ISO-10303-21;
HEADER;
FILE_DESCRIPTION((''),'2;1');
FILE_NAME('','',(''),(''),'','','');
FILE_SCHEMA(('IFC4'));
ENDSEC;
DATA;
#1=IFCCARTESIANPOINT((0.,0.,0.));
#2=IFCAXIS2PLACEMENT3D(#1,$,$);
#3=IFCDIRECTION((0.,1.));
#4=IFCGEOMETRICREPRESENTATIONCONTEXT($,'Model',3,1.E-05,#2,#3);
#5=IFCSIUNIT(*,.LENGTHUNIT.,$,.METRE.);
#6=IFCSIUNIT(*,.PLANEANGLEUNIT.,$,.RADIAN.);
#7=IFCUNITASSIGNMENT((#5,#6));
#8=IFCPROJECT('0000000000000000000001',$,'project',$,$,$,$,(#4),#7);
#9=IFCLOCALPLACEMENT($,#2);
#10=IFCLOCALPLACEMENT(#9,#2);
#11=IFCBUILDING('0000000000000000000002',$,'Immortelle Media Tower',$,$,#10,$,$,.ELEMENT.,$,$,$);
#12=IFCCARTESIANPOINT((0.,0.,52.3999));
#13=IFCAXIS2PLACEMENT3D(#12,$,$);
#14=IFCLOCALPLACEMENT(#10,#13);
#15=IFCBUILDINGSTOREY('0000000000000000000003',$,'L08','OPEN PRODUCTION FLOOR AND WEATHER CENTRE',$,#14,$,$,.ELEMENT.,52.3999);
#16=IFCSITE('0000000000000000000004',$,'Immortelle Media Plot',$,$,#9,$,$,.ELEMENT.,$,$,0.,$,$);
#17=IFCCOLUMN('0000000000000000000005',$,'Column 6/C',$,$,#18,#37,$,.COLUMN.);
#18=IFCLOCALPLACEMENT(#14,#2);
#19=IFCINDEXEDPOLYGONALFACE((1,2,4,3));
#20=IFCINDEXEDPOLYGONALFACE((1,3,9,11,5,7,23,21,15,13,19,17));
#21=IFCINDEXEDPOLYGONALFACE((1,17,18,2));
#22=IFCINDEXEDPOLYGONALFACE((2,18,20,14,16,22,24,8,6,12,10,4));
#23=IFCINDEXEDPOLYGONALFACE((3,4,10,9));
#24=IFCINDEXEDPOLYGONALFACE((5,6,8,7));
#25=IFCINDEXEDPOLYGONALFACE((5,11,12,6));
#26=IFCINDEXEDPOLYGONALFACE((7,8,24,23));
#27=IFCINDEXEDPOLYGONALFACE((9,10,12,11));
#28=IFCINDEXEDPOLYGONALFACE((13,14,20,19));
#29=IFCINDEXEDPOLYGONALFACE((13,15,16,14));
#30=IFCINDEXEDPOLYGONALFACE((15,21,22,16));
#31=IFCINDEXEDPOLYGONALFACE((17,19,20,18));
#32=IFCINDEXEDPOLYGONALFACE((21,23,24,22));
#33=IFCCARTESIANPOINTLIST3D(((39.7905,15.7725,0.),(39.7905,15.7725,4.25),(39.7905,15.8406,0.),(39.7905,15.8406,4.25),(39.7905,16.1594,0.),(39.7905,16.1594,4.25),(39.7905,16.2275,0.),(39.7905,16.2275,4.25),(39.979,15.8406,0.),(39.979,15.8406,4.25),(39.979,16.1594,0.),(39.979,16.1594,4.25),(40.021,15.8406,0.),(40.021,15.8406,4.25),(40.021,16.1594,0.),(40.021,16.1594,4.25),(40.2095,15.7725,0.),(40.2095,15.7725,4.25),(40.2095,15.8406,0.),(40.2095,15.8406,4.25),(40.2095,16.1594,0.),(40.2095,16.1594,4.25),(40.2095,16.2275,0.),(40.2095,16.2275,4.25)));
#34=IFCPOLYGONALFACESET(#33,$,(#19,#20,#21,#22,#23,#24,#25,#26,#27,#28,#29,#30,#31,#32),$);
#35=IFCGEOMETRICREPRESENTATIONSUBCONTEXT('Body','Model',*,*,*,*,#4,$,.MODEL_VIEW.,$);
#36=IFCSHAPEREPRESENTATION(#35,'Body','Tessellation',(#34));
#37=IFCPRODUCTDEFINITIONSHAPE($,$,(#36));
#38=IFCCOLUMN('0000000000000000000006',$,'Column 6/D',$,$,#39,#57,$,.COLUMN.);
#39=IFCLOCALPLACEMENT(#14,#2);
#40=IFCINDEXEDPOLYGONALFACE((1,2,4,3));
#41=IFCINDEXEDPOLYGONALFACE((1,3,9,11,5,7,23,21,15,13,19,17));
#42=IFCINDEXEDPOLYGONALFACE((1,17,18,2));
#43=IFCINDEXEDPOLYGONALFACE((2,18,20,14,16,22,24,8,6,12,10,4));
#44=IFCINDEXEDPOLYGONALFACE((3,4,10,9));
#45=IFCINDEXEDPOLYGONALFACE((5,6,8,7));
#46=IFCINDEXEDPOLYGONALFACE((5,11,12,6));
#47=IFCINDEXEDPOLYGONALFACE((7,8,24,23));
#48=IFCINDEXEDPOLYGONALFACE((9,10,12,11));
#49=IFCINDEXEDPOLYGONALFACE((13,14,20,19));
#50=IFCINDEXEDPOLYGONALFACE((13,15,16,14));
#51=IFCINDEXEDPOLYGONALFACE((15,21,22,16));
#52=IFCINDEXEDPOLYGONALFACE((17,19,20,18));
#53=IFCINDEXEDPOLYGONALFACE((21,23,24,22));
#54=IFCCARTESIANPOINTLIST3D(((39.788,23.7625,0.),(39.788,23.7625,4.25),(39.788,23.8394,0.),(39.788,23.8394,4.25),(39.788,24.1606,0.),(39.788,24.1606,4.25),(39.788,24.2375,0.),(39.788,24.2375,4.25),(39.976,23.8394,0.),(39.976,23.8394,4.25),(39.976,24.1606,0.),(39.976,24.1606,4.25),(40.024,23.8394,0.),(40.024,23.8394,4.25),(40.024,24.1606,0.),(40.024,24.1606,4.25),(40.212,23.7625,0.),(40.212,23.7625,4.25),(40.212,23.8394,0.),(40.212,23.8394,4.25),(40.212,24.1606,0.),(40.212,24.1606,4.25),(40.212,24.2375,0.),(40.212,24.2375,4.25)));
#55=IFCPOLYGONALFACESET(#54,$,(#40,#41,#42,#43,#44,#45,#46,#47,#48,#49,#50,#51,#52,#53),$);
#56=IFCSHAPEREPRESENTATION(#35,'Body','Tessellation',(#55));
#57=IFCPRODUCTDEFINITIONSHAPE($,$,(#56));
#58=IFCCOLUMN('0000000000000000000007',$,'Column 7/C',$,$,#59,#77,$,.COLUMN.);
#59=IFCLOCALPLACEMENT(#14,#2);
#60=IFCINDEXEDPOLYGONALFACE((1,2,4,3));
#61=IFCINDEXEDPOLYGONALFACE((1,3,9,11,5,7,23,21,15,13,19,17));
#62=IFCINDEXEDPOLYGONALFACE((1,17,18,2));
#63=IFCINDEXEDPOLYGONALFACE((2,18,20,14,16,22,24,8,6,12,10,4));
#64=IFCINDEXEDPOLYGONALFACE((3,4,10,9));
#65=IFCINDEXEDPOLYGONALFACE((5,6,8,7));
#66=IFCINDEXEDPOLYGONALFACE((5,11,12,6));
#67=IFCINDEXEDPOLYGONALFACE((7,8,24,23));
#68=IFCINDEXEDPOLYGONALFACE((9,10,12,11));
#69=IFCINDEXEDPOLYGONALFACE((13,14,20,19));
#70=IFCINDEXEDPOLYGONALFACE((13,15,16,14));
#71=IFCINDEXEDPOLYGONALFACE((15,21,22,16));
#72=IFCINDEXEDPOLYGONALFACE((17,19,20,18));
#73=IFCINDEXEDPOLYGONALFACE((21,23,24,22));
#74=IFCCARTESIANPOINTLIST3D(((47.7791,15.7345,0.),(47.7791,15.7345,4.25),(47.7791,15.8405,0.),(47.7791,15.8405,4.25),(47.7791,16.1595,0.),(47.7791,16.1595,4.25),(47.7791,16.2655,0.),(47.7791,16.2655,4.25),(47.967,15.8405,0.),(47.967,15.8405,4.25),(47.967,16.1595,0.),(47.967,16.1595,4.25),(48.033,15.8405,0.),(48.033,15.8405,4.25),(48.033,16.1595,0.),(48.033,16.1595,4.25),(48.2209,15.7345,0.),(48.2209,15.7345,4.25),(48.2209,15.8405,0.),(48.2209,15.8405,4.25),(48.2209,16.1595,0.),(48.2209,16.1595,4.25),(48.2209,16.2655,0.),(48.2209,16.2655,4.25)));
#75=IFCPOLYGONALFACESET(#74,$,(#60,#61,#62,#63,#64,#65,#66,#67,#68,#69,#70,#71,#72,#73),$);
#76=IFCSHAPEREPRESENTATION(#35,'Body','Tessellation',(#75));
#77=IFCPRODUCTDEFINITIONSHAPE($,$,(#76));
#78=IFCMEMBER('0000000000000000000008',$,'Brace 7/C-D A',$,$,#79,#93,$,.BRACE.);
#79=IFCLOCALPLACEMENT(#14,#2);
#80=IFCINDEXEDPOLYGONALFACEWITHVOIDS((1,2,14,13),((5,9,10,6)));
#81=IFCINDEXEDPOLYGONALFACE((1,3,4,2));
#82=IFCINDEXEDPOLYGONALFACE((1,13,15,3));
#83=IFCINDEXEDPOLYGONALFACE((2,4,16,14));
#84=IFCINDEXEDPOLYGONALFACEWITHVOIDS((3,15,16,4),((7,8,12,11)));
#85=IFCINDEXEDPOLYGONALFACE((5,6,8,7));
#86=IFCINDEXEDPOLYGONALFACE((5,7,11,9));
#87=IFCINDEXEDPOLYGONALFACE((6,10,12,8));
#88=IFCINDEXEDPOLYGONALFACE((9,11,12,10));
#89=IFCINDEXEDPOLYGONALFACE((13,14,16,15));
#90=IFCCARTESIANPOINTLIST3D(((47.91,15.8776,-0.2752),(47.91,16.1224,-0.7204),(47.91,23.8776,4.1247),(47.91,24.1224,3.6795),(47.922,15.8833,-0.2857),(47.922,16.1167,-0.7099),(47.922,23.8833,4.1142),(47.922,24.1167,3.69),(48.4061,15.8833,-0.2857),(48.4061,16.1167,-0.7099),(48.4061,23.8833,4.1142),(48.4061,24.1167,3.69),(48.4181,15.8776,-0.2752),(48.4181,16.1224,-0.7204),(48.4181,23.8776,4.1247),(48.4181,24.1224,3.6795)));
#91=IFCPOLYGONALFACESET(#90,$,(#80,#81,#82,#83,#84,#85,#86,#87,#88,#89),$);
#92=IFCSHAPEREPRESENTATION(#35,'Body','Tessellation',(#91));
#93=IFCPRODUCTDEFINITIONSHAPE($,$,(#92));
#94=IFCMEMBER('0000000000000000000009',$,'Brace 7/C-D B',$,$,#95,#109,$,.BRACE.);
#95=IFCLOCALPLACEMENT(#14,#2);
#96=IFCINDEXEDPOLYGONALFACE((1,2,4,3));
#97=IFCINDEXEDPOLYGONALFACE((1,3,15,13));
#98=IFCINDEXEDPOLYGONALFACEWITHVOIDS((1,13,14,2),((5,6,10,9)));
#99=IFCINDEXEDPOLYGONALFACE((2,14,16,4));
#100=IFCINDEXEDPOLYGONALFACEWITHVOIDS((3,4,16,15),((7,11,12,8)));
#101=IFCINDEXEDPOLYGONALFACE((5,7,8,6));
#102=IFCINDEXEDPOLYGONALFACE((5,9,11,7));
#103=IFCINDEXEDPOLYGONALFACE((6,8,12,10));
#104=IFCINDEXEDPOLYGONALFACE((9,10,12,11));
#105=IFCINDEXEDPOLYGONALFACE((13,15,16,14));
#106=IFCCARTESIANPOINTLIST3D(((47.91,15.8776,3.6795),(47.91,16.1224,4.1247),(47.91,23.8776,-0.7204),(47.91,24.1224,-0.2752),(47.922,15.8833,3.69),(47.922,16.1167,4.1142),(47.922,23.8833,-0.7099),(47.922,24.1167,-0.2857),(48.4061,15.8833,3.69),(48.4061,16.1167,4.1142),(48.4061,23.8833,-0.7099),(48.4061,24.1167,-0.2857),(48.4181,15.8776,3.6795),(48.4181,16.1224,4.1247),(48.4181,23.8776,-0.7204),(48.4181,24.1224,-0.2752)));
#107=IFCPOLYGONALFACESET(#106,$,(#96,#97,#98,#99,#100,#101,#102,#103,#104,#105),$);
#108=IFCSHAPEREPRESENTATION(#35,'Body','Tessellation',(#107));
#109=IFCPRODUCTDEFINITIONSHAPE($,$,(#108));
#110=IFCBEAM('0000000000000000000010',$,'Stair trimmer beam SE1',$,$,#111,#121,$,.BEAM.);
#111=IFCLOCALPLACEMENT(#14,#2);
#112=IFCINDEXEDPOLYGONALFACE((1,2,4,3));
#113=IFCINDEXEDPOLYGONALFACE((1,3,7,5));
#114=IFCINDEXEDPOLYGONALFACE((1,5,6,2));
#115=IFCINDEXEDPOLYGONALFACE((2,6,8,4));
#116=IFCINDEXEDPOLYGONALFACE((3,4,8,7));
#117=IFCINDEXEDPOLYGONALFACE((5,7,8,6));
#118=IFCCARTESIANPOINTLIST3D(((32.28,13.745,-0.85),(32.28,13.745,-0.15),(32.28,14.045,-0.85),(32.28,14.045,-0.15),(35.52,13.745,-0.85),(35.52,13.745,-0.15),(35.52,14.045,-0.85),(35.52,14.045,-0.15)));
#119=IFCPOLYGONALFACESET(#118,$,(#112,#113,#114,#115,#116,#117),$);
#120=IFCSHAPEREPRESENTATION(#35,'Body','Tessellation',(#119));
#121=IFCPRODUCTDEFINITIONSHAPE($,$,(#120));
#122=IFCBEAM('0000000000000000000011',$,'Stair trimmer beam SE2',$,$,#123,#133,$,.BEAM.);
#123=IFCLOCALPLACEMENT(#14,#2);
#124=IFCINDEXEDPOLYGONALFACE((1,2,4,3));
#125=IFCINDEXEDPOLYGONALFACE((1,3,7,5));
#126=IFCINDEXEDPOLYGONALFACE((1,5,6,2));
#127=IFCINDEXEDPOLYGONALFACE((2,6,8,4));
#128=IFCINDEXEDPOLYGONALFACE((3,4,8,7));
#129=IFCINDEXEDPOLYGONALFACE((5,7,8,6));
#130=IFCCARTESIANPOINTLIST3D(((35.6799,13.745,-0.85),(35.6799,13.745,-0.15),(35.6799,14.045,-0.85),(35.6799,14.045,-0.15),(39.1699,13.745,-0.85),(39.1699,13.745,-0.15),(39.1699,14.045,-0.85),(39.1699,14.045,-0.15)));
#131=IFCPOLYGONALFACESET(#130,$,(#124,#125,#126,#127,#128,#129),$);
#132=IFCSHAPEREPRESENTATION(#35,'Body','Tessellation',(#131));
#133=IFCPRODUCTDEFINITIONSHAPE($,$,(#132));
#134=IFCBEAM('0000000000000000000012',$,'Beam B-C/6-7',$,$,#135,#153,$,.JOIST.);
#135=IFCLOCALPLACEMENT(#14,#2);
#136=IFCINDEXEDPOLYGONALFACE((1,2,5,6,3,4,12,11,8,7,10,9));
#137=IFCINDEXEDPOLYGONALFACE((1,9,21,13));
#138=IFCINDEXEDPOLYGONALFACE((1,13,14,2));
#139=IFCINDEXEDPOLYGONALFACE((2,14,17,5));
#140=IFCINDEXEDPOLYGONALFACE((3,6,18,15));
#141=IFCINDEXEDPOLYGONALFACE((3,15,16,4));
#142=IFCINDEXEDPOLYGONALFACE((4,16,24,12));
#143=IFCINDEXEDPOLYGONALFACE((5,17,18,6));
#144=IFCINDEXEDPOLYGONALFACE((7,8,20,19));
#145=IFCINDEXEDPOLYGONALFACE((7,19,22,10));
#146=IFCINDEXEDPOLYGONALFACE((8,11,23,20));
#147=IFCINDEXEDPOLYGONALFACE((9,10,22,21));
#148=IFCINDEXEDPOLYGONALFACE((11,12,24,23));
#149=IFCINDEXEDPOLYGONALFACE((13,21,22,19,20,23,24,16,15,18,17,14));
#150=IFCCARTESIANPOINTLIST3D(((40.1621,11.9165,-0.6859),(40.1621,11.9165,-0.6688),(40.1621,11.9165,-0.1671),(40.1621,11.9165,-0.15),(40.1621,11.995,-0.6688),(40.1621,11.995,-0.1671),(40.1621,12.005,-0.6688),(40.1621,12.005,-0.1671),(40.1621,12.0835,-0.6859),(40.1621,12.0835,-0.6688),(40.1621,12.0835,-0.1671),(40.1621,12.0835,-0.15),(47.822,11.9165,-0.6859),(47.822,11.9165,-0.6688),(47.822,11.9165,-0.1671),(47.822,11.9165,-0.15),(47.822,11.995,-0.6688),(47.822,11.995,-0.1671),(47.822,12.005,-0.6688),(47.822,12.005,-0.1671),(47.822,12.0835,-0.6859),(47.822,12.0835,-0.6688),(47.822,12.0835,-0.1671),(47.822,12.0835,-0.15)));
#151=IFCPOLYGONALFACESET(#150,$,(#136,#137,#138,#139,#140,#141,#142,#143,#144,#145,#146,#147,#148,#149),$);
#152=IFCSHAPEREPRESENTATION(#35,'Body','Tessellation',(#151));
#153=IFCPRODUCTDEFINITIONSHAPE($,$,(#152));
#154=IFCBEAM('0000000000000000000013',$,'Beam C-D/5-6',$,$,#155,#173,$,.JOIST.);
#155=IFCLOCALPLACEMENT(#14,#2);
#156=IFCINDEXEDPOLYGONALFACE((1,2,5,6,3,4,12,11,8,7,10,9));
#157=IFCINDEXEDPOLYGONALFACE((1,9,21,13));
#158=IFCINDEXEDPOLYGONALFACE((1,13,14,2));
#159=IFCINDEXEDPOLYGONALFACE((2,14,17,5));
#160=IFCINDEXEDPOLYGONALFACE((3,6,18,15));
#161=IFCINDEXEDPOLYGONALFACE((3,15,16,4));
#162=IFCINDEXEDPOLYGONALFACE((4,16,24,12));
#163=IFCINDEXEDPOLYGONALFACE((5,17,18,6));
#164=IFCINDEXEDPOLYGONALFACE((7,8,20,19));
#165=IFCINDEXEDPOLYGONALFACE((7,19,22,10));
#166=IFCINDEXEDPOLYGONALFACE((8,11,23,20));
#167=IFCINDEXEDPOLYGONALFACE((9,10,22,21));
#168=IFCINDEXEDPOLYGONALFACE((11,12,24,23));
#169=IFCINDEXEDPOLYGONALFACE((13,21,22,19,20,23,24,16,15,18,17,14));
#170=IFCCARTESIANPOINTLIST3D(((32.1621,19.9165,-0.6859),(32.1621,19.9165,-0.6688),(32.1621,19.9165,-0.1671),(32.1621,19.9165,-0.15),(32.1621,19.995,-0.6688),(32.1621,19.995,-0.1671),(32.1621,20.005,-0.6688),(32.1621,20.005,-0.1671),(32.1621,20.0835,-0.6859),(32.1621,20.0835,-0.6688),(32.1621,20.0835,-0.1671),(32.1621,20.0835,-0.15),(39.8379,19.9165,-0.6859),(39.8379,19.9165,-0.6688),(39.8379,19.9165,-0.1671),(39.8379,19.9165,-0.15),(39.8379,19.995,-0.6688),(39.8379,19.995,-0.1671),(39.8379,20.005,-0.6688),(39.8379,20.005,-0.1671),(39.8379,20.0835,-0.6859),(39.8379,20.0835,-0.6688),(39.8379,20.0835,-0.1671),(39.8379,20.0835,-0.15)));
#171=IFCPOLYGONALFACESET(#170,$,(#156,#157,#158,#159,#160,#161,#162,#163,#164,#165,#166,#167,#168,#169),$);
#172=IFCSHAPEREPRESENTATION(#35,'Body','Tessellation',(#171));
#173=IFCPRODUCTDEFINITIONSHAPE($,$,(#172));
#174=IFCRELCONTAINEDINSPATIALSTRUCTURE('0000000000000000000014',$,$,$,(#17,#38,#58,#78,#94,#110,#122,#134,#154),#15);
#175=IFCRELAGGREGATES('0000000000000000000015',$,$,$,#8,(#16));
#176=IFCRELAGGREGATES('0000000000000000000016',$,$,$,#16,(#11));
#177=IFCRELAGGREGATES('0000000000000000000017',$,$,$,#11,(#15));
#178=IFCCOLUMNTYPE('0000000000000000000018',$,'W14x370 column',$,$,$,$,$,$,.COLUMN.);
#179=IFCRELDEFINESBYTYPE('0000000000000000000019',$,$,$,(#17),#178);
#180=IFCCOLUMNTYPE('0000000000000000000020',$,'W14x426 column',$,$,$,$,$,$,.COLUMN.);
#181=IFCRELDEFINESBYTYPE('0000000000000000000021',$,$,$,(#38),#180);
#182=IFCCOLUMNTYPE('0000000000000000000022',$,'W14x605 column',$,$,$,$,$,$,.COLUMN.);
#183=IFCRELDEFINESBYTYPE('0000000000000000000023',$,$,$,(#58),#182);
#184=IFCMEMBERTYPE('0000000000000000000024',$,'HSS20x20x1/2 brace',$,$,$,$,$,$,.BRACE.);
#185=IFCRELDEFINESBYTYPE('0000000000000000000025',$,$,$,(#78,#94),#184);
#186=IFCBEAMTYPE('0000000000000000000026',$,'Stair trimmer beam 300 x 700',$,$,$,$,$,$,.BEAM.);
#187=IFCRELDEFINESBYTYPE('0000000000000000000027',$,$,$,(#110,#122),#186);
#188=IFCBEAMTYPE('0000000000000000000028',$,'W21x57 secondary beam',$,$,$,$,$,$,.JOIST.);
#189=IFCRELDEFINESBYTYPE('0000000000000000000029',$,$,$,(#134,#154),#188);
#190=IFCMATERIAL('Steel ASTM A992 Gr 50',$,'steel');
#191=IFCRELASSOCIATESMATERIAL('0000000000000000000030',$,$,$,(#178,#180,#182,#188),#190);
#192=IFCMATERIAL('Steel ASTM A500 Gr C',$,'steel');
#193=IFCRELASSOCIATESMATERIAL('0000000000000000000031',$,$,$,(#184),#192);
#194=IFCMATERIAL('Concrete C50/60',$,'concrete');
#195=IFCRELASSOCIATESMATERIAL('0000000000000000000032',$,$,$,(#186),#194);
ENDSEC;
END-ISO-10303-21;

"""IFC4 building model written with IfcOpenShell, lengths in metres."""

from ifc_helpers import new_model, si_unit, direction, frame, origin, origin_2d, place, context, subcontext, project, spatial, rectangle, hollow_rectangle, i_section, extrude, material, material_profile, profile_set, type_object, element, save


model = new_model("IFC4")

# Units and contexts
model_context = context("Model", 3, precision=1e-05, world=origin(), true_north=direction((0.0, 1.0)))
body_context = subcontext(model_context, "Body", "Model", "MODEL_VIEW")
ifc_project = project(units=[si_unit("LENGTHUNIT", "METRE"), si_unit("PLANEANGLEUNIT", "RADIAN")], contexts=[model_context])

# Site, building, storey
site_placement = place(None, origin())
site = spatial("IfcSite", under=ifc_project, at=site_placement, Name="Immortelle Media Plot", CompositionType="ELEMENT", RefElevation=0.0)
building_placement = place(site_placement, origin())
building = spatial("IfcBuilding", under=site, at=building_placement, Name="Immortelle Media Tower", CompositionType="ELEMENT")
storey_placement = place(building_placement, frame((0.0, 0.0, 52.3999)))
storey = spatial("IfcBuildingStorey", under=building, at=storey_placement, Name="L08", Description="OPEN PRODUCTION FLOOR AND WEATHER CENTRE", CompositionType="ELEMENT", Elevation=52.3999)

# Columns
ifc_material_1 = material(Name="Steel ASTM A992 Gr 50", Category="steel")
ifc_material_profile_1 = material_profile(ifc_material_1, i_section(OverallWidth=0.4189, OverallDepth=0.4551, WebThickness=0.042, FlangeThickness=0.0681, at=origin_2d()), Name="W14x370")
ifc_profile_set_1 = profile_set([ifc_material_profile_1], Name="Steel ASTM A992 Gr 50")
column_type_1 = type_object("IfcColumnType", Name="W14x370 column", PredefinedType="COLUMN", material=ifc_profile_set_1)
column_1_placement = place(storey_placement, frame((40.0, 16.0, 0.0), z_axis=(0.0, 0.0, 1.0), x_axis=(1.0, 0.0, 0.0)))
element("IfcColumn", 1, at=column_1_placement, inside=storey, type_object=column_type_1, Name="Column 6/C", PredefinedType="COLUMN", context=body_context, shape_type="SweptSolid", body=[
    extrude(i_section(OverallWidth=0.4189, OverallDepth=0.4551, WebThickness=0.042, FlangeThickness=0.0681, at=origin_2d()), origin(), (0.0, 0.0, 1.0), 4.25),
])
ifc_material_profile_2 = material_profile(ifc_material_1, i_section(OverallWidth=0.4241, OverallDepth=0.4751, WebThickness=0.0481, FlangeThickness=0.0769, at=origin_2d()), Name="W14x426")
ifc_profile_set_2 = profile_set([ifc_material_profile_2], Name="Steel ASTM A992 Gr 50")
column_type_2 = type_object("IfcColumnType", Name="W14x426 column", PredefinedType="COLUMN", material=ifc_profile_set_2)
column_2_placement = place(storey_placement, frame((40.0, 24.0, 0.0), z_axis=(0.0, 0.0, 1.0), x_axis=(1.0, 0.0, 0.0)))
element("IfcColumn", 2, at=column_2_placement, inside=storey, type_object=column_type_2, Name="Column 6/D", PredefinedType="COLUMN", context=body_context, shape_type="SweptSolid", body=[
    extrude(i_section(OverallWidth=0.4241, OverallDepth=0.4751, WebThickness=0.0481, FlangeThickness=0.0769, at=origin_2d()), origin(), (0.0, 0.0, 1.0), 4.25),
])
ifc_material_profile_3 = material_profile(ifc_material_1, i_section(OverallWidth=0.4419, OverallDepth=0.531, WebThickness=0.0659, FlangeThickness=0.106, at=origin_2d()), Name="W14x605")
ifc_profile_set_3 = profile_set([ifc_material_profile_3], Name="Steel ASTM A992 Gr 50")
column_type_3 = type_object("IfcColumnType", Name="W14x605 column", PredefinedType="COLUMN", material=ifc_profile_set_3)
column_3_placement = place(storey_placement, frame((48.0, 16.0, 0.0), z_axis=(0.0, 0.0, 1.0), x_axis=(1.0, 0.0, 0.0)))
element("IfcColumn", 3, at=column_3_placement, inside=storey, type_object=column_type_3, Name="Column 7/C", PredefinedType="COLUMN", context=body_context, shape_type="SweptSolid", body=[
    extrude(i_section(OverallWidth=0.4419, OverallDepth=0.531, WebThickness=0.0659, FlangeThickness=0.106, at=origin_2d()), origin(), (0.0, 0.0, 1.0), 4.25),
])

# Members
ifc_material_2 = material(Name="Steel ASTM A500 Gr C", Category="steel")
ifc_material_profile_4 = material_profile(ifc_material_2, hollow_rectangle(XDim=0.5081, YDim=0.5081, WallThickness=0.012, at=origin_2d()), Name="HSS20x20x1/2 brace")
ifc_profile_set_4 = profile_set([ifc_material_profile_4], Name="Steel ASTM A500 Gr C")
member_type = type_object("IfcMemberType", Name="HSS20x20x1/2 brace", PredefinedType="BRACE", material=ifc_profile_set_4)
for number, where, z_axis, x_axis, name in (
    (4, (48.1641, 16.0, -0.4978), (0.0, 0.87622, 0.481911), (-1.0, 0.0, 0.0), "Brace 7/C-D A"),
    (5, (48.1641, 16.0, 3.9021), (0.0, 0.87622, -0.481911), (-1.0, 0.0, 0.0), "Brace 7/C-D B"),
):
    element("IfcMember", number, at=place(storey_placement, frame(where, z_axis=z_axis, x_axis=x_axis)), inside=storey, type_object=member_type, Name=name, PredefinedType="BRACE", context=body_context, shape_type="SweptSolid", body=[
        extrude(hollow_rectangle(XDim=0.5081, YDim=0.5081, WallThickness=0.012, at=origin_2d()), origin(), (0.0, 0.0, 1.0), 9.1301),
    ])

# Beams
ifc_material_3 = material(Name="Concrete C50/60", Category="concrete")
ifc_material_profile_5 = material_profile(ifc_material_3, rectangle(XDim=0.3, YDim=0.7, at=origin_2d()), Name="RC 300x700")
ifc_profile_set_5 = profile_set([ifc_material_profile_5], Name="Concrete C50/60")
beam_type_1 = type_object("IfcBeamType", Name="Stair trimmer beam 300 x 700", PredefinedType="BEAM", material=ifc_profile_set_5)
beam_1_placement = place(storey_placement, frame((32.28, 13.895, -0.5), z_axis=(1.0, 0.0, 0.0), x_axis=(0.0, 1.0, 0.0)))
element("IfcBeam", 6, at=beam_1_placement, inside=storey, type_object=beam_type_1, Name="Stair trimmer beam SE1", PredefinedType="BEAM", context=body_context, shape_type="SweptSolid", body=[
    extrude(rectangle(XDim=0.3, YDim=0.7, at=origin_2d()), origin(), (0.0, 0.0, 1.0), 3.24),
])
beam_2_placement = place(storey_placement, frame((35.6799, 13.895, -0.5), z_axis=(1.0, 0.0, 0.0), x_axis=(0.0, 1.0, 0.0)))
element("IfcBeam", 7, at=beam_2_placement, inside=storey, type_object=beam_type_1, Name="Stair trimmer beam SE2", PredefinedType="BEAM", context=body_context, shape_type="SweptSolid", body=[
    extrude(rectangle(XDim=0.3, YDim=0.7, at=origin_2d()), origin(), (0.0, 0.0, 1.0), 3.49),
])
ifc_material_profile_6 = material_profile(ifc_material_1, i_section(OverallWidth=0.167, OverallDepth=0.5359, WebThickness=0.01, FlangeThickness=0.0171, at=origin_2d()), Name="W21x57")
ifc_profile_set_6 = profile_set([ifc_material_profile_6], Name="Steel ASTM A992 Gr 50")
beam_type_2 = type_object("IfcBeamType", Name="W21x57 secondary beam", PredefinedType="JOIST", material=ifc_profile_set_6)
beam_3_placement = place(storey_placement, frame((40.1621, 12.0, -0.418), z_axis=(1.0, 0.0, 0.0), x_axis=(0.0, 1.0, 0.0)))
element("IfcBeam", 8, at=beam_3_placement, inside=storey, type_object=beam_type_2, Name="Beam B-C/6-7", PredefinedType="JOIST", context=body_context, shape_type="SweptSolid", body=[
    extrude(i_section(OverallWidth=0.167, OverallDepth=0.5359, WebThickness=0.01, FlangeThickness=0.0171, at=origin_2d()), origin(), (0.0, 0.0, 1.0), 7.6599),
])
beam_4_placement = place(storey_placement, frame((32.1621, 20.0, -0.418), z_axis=(1.0, 0.0, 0.0), x_axis=(0.0, 1.0, 0.0)))
element("IfcBeam", 9, at=beam_4_placement, inside=storey, type_object=beam_type_2, Name="Beam C-D/5-6", PredefinedType="JOIST", context=body_context, shape_type="SweptSolid", body=[
    extrude(i_section(OverallWidth=0.167, OverallDepth=0.5359, WebThickness=0.01, FlangeThickness=0.0171, at=origin_2d()), origin(), (0.0, 0.0, 1.0), 7.6758),
])

save(model, "model.ifc")
